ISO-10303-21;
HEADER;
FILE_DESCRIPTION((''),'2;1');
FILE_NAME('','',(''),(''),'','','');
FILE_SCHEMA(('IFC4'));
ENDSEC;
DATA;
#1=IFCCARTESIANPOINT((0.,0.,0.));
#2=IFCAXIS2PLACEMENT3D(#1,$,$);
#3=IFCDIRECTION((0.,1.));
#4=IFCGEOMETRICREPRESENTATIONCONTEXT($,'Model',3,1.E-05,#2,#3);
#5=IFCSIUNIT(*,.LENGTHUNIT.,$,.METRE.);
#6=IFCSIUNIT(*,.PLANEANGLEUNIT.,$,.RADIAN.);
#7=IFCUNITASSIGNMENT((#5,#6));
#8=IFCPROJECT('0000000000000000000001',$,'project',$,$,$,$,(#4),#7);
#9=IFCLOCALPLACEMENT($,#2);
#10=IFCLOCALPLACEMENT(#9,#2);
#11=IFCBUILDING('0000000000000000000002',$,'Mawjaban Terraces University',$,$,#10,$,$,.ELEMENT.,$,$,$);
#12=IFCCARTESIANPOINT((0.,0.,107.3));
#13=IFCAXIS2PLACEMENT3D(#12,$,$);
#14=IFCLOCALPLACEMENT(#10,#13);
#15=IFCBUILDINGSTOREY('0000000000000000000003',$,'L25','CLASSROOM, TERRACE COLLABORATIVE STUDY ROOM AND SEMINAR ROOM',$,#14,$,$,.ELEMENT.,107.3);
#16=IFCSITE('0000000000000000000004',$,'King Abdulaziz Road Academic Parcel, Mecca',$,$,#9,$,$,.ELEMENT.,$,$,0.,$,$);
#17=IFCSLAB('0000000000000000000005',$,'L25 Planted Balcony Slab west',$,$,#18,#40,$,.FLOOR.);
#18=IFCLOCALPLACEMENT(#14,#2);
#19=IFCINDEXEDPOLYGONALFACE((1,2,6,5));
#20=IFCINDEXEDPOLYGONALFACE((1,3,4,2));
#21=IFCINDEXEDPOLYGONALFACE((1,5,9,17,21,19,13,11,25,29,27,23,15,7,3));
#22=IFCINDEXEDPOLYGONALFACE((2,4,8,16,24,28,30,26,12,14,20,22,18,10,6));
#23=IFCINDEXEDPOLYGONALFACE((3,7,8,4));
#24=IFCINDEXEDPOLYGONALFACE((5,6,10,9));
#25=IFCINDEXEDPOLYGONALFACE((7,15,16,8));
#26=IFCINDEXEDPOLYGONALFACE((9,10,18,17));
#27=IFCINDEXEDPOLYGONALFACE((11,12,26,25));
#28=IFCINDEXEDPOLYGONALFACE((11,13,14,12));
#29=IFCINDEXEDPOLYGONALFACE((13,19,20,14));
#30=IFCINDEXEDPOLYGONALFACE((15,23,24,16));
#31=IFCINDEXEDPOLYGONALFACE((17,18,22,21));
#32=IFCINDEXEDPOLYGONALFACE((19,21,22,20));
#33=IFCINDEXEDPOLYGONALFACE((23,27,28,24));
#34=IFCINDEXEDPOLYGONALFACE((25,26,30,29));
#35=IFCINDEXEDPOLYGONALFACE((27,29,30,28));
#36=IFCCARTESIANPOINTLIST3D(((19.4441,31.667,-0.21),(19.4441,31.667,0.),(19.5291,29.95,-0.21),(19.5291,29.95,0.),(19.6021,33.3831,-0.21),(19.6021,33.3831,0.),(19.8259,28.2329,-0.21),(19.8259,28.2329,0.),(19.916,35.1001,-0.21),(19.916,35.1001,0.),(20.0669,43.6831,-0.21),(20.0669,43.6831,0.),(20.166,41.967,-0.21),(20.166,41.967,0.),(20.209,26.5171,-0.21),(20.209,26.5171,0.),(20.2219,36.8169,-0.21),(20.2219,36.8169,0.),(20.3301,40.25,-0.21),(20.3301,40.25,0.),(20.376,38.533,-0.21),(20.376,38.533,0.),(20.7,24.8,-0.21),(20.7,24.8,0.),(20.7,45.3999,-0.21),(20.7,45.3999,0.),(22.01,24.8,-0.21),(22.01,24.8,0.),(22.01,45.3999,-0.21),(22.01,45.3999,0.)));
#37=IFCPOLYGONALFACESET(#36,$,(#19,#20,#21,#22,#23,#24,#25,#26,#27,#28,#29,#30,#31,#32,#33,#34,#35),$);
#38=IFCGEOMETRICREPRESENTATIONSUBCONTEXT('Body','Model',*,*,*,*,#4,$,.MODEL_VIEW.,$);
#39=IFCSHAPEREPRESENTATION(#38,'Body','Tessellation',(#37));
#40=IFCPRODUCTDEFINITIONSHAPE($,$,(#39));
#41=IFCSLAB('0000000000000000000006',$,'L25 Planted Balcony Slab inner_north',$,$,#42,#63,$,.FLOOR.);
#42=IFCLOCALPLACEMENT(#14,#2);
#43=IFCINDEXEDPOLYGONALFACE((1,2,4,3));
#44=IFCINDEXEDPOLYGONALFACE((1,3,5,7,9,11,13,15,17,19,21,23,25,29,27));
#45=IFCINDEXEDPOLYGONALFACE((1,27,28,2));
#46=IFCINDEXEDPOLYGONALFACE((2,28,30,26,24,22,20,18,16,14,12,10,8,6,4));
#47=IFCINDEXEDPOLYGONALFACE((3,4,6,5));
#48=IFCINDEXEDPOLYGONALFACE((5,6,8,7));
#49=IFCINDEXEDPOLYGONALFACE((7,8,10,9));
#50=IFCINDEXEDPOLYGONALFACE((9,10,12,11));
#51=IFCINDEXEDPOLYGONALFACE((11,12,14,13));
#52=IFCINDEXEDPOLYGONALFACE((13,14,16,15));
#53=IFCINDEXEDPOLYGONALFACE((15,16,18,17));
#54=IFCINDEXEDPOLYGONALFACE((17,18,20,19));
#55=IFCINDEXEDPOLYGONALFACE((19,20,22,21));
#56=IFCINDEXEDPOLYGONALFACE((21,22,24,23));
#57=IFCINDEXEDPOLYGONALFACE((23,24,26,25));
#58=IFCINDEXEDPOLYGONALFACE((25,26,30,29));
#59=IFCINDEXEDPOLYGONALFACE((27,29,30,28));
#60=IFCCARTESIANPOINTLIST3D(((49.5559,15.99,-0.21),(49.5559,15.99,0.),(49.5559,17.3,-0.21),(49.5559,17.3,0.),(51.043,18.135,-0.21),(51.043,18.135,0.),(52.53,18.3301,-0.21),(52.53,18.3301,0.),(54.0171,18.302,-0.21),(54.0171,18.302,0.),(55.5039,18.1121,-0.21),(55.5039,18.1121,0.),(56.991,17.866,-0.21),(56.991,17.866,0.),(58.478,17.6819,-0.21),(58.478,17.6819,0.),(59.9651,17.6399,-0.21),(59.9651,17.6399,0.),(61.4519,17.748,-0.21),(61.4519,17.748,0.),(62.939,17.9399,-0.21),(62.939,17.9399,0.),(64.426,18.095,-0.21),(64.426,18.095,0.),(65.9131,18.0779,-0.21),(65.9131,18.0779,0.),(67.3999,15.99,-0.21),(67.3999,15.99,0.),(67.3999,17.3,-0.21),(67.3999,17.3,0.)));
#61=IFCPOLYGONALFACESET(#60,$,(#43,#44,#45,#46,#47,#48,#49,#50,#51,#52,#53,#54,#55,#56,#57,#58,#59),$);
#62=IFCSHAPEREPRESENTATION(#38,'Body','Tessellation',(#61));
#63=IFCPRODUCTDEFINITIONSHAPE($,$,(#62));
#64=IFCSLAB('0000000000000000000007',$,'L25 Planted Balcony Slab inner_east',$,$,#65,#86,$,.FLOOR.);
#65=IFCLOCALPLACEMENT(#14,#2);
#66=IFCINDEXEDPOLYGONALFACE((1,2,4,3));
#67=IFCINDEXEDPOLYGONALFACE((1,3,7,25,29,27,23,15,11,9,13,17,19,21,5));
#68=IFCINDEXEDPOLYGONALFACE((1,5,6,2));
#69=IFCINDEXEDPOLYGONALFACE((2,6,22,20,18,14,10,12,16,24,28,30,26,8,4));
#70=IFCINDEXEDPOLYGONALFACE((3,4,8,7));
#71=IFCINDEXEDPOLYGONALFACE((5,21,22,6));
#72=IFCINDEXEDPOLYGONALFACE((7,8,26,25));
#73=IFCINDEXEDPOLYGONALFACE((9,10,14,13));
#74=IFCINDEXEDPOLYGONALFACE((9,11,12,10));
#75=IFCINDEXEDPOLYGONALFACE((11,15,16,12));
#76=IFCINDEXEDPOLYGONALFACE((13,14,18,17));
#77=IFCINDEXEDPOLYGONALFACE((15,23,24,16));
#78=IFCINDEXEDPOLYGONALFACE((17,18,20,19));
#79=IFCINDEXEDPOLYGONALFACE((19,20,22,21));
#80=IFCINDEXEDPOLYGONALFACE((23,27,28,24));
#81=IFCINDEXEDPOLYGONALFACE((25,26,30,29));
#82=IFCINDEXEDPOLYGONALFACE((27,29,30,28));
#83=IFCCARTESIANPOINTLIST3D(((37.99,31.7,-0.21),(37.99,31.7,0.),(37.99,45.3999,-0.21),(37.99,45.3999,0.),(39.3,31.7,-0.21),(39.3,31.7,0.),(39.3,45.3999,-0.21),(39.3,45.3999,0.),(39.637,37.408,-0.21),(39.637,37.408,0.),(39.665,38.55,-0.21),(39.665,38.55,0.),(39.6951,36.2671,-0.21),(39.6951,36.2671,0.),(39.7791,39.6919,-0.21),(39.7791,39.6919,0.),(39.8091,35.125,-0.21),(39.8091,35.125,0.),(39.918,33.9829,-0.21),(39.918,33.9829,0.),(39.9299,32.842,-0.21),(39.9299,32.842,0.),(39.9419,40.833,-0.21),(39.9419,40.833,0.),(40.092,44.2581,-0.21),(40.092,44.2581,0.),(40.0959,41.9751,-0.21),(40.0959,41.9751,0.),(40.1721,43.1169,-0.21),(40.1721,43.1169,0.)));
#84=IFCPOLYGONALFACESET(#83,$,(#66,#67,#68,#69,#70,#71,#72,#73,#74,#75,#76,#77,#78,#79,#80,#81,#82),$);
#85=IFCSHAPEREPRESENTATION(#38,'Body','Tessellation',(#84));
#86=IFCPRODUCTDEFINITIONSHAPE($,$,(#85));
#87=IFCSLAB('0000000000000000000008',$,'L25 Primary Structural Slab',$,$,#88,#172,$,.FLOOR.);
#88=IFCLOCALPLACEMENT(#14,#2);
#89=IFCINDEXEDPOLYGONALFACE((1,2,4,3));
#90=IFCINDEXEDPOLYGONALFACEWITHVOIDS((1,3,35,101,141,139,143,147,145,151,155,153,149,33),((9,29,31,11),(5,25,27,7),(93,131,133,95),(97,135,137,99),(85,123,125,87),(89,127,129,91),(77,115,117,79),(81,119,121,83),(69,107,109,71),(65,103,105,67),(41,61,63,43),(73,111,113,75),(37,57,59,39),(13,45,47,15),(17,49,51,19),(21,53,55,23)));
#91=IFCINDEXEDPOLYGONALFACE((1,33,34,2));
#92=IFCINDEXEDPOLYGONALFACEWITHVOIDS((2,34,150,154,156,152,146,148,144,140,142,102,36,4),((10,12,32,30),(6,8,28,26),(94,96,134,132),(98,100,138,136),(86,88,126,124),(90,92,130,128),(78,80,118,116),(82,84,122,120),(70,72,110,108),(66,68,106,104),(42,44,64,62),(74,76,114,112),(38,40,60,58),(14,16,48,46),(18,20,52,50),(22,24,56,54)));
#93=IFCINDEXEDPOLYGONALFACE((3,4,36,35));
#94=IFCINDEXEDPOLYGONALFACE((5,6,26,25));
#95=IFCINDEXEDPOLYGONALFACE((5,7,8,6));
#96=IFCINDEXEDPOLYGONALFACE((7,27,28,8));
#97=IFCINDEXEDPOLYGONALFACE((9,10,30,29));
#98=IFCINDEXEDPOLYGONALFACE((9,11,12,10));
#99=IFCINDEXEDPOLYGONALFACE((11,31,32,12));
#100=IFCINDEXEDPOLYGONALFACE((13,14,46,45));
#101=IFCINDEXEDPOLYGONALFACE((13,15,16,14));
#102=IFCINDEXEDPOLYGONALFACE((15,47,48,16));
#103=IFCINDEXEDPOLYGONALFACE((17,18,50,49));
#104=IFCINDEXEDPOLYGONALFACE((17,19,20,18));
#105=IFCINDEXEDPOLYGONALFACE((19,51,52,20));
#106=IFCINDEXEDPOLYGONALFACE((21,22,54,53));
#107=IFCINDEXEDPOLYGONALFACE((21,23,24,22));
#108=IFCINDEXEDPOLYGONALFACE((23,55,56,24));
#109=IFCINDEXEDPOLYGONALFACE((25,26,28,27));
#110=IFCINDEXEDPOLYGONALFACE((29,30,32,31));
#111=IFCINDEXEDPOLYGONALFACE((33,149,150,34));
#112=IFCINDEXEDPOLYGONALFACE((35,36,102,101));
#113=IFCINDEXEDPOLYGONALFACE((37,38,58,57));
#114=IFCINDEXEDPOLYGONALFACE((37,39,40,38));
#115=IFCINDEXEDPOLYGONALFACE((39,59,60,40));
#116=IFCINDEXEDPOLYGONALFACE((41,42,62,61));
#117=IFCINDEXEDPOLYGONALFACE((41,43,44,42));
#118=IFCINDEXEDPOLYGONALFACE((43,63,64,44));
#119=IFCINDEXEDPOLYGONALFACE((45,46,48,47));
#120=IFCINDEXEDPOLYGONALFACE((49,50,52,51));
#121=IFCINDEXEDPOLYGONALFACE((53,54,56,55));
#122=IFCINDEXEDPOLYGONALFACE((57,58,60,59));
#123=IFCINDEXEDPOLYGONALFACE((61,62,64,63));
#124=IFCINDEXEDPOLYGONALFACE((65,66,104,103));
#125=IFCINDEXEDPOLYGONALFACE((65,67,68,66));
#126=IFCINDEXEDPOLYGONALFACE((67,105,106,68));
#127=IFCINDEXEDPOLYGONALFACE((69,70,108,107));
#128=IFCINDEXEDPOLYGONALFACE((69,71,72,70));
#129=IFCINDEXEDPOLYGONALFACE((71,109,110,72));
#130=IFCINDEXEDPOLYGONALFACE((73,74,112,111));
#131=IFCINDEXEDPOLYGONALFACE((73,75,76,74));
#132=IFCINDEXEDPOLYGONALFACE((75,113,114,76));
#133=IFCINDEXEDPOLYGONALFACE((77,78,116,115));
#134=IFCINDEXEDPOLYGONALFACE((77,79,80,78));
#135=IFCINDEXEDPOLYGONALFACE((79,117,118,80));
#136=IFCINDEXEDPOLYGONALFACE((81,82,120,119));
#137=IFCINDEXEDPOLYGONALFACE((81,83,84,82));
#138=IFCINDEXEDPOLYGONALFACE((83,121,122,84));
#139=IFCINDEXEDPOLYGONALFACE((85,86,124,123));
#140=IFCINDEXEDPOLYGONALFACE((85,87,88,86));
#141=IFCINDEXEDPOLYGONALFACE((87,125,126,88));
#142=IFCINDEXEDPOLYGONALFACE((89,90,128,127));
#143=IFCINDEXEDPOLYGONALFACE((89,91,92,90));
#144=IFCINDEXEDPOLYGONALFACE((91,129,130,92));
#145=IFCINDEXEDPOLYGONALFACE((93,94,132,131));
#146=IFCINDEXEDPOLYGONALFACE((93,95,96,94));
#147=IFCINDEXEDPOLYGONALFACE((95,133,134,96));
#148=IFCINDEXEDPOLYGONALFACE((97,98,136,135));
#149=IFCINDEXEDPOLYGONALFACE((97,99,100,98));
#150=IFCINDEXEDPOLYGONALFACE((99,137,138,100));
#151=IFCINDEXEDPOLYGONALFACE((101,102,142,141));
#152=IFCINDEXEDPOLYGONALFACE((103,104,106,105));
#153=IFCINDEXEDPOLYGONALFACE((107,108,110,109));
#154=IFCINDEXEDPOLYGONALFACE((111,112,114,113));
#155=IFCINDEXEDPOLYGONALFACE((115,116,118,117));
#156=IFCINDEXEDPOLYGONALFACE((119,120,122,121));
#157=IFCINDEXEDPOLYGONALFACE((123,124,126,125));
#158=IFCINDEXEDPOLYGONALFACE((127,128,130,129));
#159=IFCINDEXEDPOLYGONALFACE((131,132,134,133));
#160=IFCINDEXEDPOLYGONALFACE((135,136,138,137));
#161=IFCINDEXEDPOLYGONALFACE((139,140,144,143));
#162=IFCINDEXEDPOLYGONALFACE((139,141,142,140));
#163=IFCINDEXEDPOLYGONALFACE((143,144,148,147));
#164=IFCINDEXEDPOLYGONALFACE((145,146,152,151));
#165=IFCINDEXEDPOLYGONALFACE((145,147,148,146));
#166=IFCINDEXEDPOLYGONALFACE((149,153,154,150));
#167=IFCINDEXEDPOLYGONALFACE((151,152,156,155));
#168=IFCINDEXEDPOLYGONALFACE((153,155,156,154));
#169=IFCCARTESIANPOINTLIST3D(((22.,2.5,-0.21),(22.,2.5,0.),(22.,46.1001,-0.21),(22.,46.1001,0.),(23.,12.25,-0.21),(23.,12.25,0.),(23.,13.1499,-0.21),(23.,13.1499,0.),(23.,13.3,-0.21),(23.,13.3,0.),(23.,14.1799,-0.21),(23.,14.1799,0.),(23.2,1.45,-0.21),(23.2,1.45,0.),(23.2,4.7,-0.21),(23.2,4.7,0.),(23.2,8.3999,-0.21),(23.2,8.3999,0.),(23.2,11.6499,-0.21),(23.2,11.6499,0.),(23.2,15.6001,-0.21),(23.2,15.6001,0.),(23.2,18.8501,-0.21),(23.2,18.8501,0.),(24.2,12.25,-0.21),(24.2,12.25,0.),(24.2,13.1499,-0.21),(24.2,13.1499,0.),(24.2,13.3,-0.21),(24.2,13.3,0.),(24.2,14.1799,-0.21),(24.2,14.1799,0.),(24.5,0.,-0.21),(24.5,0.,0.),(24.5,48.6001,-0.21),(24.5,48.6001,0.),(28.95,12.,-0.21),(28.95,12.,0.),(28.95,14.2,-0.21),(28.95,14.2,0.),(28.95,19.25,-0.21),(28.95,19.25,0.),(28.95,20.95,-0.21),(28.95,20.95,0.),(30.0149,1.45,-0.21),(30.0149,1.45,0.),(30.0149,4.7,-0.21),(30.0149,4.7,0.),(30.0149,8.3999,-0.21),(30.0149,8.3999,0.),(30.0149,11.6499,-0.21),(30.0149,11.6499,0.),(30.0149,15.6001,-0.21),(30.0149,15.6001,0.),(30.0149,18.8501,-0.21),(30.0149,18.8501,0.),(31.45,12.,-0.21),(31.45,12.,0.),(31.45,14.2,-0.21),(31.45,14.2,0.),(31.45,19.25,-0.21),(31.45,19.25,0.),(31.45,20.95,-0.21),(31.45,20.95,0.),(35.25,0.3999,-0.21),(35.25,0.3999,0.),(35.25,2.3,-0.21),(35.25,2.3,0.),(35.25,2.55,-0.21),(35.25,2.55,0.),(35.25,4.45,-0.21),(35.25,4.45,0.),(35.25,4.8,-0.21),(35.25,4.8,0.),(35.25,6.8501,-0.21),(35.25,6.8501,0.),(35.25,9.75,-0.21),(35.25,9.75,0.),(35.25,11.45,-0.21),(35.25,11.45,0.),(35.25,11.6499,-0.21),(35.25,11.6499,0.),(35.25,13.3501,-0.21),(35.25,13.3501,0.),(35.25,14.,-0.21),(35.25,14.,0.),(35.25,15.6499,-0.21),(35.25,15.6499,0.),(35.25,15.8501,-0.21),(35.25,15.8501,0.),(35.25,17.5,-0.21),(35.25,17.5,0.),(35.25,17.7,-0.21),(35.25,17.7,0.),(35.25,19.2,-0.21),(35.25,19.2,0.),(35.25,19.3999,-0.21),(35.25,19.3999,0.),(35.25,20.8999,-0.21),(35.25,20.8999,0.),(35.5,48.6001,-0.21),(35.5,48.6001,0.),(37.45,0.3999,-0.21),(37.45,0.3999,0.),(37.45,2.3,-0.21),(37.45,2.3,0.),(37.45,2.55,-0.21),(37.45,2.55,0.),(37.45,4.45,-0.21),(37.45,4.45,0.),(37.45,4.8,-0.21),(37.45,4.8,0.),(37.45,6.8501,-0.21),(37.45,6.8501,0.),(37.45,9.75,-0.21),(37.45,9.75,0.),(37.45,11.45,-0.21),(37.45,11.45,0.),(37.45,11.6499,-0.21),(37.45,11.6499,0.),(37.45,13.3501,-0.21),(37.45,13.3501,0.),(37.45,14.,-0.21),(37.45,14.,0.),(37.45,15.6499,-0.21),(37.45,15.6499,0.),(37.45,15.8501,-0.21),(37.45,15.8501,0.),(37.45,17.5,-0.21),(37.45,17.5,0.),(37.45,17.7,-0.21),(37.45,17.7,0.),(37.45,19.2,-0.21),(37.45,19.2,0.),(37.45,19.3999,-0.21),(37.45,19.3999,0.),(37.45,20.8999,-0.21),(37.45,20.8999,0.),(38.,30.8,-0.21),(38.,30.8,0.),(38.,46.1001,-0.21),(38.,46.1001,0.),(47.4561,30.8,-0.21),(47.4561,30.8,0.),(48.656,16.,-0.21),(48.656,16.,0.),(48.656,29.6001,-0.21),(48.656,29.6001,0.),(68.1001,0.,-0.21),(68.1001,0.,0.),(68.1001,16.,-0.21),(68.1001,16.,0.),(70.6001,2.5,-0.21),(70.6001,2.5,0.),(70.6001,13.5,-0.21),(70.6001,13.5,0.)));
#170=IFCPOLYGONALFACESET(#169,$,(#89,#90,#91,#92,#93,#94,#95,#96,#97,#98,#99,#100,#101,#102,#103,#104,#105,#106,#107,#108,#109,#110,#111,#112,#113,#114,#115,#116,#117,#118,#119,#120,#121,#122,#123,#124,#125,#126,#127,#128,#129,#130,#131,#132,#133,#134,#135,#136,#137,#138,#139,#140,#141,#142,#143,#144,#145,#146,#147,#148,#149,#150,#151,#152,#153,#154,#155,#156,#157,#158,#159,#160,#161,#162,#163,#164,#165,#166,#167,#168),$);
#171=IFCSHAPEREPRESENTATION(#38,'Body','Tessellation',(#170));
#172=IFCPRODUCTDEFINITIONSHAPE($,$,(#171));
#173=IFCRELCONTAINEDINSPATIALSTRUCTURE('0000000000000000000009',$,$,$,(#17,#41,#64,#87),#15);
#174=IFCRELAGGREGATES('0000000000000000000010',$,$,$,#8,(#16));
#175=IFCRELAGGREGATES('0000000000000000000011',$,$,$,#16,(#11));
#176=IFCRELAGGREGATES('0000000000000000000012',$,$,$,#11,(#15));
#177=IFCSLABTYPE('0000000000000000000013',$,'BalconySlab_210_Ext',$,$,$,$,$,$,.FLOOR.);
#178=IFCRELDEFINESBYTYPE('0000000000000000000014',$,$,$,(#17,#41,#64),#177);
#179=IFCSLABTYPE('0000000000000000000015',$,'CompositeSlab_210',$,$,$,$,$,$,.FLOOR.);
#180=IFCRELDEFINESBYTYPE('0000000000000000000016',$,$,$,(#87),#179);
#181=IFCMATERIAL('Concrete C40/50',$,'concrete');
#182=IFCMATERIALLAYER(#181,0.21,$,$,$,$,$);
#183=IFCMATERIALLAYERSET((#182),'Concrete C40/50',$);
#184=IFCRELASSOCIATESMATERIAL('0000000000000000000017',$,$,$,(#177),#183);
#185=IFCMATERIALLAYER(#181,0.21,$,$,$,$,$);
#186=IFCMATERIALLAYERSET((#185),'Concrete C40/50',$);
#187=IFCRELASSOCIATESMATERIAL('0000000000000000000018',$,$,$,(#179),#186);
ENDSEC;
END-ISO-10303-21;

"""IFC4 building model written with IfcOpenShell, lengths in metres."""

from ifc_helpers import new_model, si_unit, direction, frame, origin, place, context, subcontext, project, spatial, polyline, outline, extrude, material, layer, layer_set, type_object, element, save


model = new_model("IFC4")

# Units and contexts
model_context = context("Model", 3, precision=1e-05, world=origin(), true_north=direction((0.0, 1.0)))
body_context = subcontext(model_context, "Body", "Model", "MODEL_VIEW")
ifc_project = project(units=[si_unit("LENGTHUNIT", "METRE"), si_unit("PLANEANGLEUNIT", "RADIAN")], contexts=[model_context])

# Site, building, storey
site_placement = place(None, origin())
site = spatial("IfcSite", under=ifc_project, at=site_placement, Name="King Abdulaziz Road Academic Parcel, Mecca", CompositionType="ELEMENT", RefElevation=0.0)
building_placement = place(site_placement, origin())
building = spatial("IfcBuilding", under=site, at=building_placement, Name="Mawjaban Terraces University", CompositionType="ELEMENT")
storey_placement = place(building_placement, frame((0.0, 0.0, 107.3)))
storey = spatial("IfcBuildingStorey", under=building, at=storey_placement, Name="L25", Description="CLASSROOM, TERRACE COLLABORATIVE STUDY ROOM AND SEMINAR ROOM", CompositionType="ELEMENT", Elevation=107.3)

# Slabs
ifc_material_1 = material(Name="Concrete C40/50", Category="concrete")
ifc_layer_1 = layer(ifc_material_1, 0.21)
ifc_layer_set_1 = layer_set([ifc_layer_1], Name="Concrete C40/50")
slab_type_1 = type_object("IfcSlabType", Name="BalconySlab_210_Ext", PredefinedType="FLOOR", material=ifc_layer_set_1)
slab_1_placement = place(storey_placement, frame((0.0, 0.0, -0.21)))
element("IfcSlab", 1, at=slab_1_placement, inside=storey, type_object=slab_type_1, Name="L25 Planted Balcony Slab west", PredefinedType="FLOOR", context=body_context, shape_type="SweptSolid", body=[
    extrude(outline(polyline([(22.01, 24.8), (22.01, 45.3999), (20.7, 45.3999), (20.0669, 43.6831), (20.166, 41.967), (20.3301, 40.25), (20.376, 38.533), (20.2219, 36.8169), (19.916, 35.1001), (19.6021, 33.3831), (19.4441, 31.667), (19.5291, 29.95), (19.8259, 28.2329), (20.209, 26.5171), (20.7, 24.8), (22.01, 24.8)])), origin(), (0.0, 0.0, 1.0), 0.21),
])
slab_2_placement = place(storey_placement, frame((0.0, 0.0, -0.21)))
element("IfcSlab", 2, at=slab_2_placement, inside=storey, type_object=slab_type_1, Name="L25 Planted Balcony Slab inner_north", PredefinedType="FLOOR", context=body_context, shape_type="SweptSolid", body=[
    extrude(outline(polyline([(49.5559, 15.99), (67.3999, 15.99), (67.3999, 17.3), (65.9131, 18.0779), (64.426, 18.095), (62.939, 17.9399), (61.4519, 17.748), (59.9651, 17.6399), (58.478, 17.6819), (56.991, 17.866), (55.5039, 18.1121), (54.0171, 18.302), (52.53, 18.3301), (51.043, 18.135), (49.5559, 17.3), (49.5559, 15.99)])), origin(), (0.0, 0.0, 1.0), 0.21),
])
slab_3_placement = place(storey_placement, frame((0.0, 0.0, -0.21)))
element("IfcSlab", 3, at=slab_3_placement, inside=storey, type_object=slab_type_1, Name="L25 Planted Balcony Slab inner_east", PredefinedType="FLOOR", context=body_context, shape_type="SweptSolid", body=[
    extrude(outline(polyline([(39.3, 31.7), (39.9299, 32.842), (39.918, 33.9829), (39.8091, 35.125), (39.6951, 36.2671), (39.637, 37.408), (39.665, 38.55), (39.7791, 39.6919), (39.9419, 40.833), (40.0959, 41.9751), (40.1721, 43.1169), (40.092, 44.2581), (39.3, 45.3999), (37.99, 45.3999), (37.99, 31.7), (39.3, 31.7)])), origin(), (0.0, 0.0, 1.0), 0.21),
])
ifc_layer_2 = layer(ifc_material_1, 0.21)
ifc_layer_set_2 = layer_set([ifc_layer_2], Name="Concrete C40/50")
slab_type_2 = type_object("IfcSlabType", Name="CompositeSlab_210", PredefinedType="FLOOR", material=ifc_layer_set_2)
slab_4_placement = place(storey_placement, frame((0.0, 0.0, -0.21)))
element("IfcSlab", 4, at=slab_4_placement, inside=storey, type_object=slab_type_2, Name="L25 Primary Structural Slab", PredefinedType="FLOOR", context=body_context, shape_type="SweptSolid", body=[
    extrude(outline(polyline([(24.5, 0.0), (68.1001, 0.0), (70.6001, 2.5), (70.6001, 13.5), (68.1001, 16.0), (48.656, 16.0), (48.656, 29.6001), (47.4561, 30.8), (38.0, 30.8), (38.0, 46.1001), (35.5, 48.6001), (24.5, 48.6001), (22.0, 46.1001), (22.0, 2.5), (24.5, 0.0)]), holes=[polyline([(30.0149, 4.7), (23.2, 4.7), (23.2, 1.45), (30.0149, 1.45), (30.0149, 4.7)]), polyline([(30.0149, 18.8501), (23.2, 18.8501), (23.2, 15.6001), (30.0149, 15.6001), (30.0149, 18.8501)]), polyline([(30.0149, 11.6499), (23.2, 11.6499), (23.2, 8.3999), (30.0149, 8.3999), (30.0149, 11.6499)]), polyline([(35.25, 0.3999), (37.45, 0.3999), (37.45, 2.3), (35.25, 2.3), (35.25, 0.3999)]), polyline([(35.25, 2.55), (37.45, 2.55), (37.45, 4.45), (35.25, 4.45), (35.25, 2.55)]), polyline([(35.25, 4.8), (37.45, 4.8), (37.45, 6.8501), (35.25, 6.8501), (35.25, 4.8)]), polyline([(35.25, 9.75), (37.45, 9.75), (37.45, 11.45), (35.25, 11.45), (35.25, 9.75)]), polyline([(35.25, 11.6499), (37.45, 11.6499), (37.45, 13.3501), (35.25, 13.3501), (35.25, 11.6499)]), polyline([(28.95, 12.0), (31.45, 12.0), (31.45, 14.2), (28.95, 14.2), (28.95, 12.0)]), polyline([(35.25, 14.0), (37.45, 14.0), (37.45, 15.6499), (35.25, 15.6499), (35.25, 14.0)]), polyline([(35.25, 15.8501), (37.45, 15.8501), (37.45, 17.5), (35.25, 17.5), (35.25, 15.8501)]), polyline([(35.25, 17.7), (37.45, 17.7), (37.45, 19.2), (35.25, 19.2), (35.25, 17.7)]), polyline([(35.25, 19.3999), (37.45, 19.3999), (37.45, 20.8999), (35.25, 20.8999), (35.25, 19.3999)]), polyline([(28.95, 19.25), (31.45, 19.25), (31.45, 20.95), (28.95, 20.95), (28.95, 19.25)]), polyline([(23.0, 12.25), (24.2, 12.25), (24.2, 13.1499), (23.0, 13.1499), (23.0, 12.25)]), polyline([(23.0, 13.3), (24.2, 13.3), (24.2, 14.1799), (23.0, 14.1799), (23.0, 13.3)])]), origin(), (0.0, 0.0, 1.0), 0.21),
])

save(model, "model.ifc")
